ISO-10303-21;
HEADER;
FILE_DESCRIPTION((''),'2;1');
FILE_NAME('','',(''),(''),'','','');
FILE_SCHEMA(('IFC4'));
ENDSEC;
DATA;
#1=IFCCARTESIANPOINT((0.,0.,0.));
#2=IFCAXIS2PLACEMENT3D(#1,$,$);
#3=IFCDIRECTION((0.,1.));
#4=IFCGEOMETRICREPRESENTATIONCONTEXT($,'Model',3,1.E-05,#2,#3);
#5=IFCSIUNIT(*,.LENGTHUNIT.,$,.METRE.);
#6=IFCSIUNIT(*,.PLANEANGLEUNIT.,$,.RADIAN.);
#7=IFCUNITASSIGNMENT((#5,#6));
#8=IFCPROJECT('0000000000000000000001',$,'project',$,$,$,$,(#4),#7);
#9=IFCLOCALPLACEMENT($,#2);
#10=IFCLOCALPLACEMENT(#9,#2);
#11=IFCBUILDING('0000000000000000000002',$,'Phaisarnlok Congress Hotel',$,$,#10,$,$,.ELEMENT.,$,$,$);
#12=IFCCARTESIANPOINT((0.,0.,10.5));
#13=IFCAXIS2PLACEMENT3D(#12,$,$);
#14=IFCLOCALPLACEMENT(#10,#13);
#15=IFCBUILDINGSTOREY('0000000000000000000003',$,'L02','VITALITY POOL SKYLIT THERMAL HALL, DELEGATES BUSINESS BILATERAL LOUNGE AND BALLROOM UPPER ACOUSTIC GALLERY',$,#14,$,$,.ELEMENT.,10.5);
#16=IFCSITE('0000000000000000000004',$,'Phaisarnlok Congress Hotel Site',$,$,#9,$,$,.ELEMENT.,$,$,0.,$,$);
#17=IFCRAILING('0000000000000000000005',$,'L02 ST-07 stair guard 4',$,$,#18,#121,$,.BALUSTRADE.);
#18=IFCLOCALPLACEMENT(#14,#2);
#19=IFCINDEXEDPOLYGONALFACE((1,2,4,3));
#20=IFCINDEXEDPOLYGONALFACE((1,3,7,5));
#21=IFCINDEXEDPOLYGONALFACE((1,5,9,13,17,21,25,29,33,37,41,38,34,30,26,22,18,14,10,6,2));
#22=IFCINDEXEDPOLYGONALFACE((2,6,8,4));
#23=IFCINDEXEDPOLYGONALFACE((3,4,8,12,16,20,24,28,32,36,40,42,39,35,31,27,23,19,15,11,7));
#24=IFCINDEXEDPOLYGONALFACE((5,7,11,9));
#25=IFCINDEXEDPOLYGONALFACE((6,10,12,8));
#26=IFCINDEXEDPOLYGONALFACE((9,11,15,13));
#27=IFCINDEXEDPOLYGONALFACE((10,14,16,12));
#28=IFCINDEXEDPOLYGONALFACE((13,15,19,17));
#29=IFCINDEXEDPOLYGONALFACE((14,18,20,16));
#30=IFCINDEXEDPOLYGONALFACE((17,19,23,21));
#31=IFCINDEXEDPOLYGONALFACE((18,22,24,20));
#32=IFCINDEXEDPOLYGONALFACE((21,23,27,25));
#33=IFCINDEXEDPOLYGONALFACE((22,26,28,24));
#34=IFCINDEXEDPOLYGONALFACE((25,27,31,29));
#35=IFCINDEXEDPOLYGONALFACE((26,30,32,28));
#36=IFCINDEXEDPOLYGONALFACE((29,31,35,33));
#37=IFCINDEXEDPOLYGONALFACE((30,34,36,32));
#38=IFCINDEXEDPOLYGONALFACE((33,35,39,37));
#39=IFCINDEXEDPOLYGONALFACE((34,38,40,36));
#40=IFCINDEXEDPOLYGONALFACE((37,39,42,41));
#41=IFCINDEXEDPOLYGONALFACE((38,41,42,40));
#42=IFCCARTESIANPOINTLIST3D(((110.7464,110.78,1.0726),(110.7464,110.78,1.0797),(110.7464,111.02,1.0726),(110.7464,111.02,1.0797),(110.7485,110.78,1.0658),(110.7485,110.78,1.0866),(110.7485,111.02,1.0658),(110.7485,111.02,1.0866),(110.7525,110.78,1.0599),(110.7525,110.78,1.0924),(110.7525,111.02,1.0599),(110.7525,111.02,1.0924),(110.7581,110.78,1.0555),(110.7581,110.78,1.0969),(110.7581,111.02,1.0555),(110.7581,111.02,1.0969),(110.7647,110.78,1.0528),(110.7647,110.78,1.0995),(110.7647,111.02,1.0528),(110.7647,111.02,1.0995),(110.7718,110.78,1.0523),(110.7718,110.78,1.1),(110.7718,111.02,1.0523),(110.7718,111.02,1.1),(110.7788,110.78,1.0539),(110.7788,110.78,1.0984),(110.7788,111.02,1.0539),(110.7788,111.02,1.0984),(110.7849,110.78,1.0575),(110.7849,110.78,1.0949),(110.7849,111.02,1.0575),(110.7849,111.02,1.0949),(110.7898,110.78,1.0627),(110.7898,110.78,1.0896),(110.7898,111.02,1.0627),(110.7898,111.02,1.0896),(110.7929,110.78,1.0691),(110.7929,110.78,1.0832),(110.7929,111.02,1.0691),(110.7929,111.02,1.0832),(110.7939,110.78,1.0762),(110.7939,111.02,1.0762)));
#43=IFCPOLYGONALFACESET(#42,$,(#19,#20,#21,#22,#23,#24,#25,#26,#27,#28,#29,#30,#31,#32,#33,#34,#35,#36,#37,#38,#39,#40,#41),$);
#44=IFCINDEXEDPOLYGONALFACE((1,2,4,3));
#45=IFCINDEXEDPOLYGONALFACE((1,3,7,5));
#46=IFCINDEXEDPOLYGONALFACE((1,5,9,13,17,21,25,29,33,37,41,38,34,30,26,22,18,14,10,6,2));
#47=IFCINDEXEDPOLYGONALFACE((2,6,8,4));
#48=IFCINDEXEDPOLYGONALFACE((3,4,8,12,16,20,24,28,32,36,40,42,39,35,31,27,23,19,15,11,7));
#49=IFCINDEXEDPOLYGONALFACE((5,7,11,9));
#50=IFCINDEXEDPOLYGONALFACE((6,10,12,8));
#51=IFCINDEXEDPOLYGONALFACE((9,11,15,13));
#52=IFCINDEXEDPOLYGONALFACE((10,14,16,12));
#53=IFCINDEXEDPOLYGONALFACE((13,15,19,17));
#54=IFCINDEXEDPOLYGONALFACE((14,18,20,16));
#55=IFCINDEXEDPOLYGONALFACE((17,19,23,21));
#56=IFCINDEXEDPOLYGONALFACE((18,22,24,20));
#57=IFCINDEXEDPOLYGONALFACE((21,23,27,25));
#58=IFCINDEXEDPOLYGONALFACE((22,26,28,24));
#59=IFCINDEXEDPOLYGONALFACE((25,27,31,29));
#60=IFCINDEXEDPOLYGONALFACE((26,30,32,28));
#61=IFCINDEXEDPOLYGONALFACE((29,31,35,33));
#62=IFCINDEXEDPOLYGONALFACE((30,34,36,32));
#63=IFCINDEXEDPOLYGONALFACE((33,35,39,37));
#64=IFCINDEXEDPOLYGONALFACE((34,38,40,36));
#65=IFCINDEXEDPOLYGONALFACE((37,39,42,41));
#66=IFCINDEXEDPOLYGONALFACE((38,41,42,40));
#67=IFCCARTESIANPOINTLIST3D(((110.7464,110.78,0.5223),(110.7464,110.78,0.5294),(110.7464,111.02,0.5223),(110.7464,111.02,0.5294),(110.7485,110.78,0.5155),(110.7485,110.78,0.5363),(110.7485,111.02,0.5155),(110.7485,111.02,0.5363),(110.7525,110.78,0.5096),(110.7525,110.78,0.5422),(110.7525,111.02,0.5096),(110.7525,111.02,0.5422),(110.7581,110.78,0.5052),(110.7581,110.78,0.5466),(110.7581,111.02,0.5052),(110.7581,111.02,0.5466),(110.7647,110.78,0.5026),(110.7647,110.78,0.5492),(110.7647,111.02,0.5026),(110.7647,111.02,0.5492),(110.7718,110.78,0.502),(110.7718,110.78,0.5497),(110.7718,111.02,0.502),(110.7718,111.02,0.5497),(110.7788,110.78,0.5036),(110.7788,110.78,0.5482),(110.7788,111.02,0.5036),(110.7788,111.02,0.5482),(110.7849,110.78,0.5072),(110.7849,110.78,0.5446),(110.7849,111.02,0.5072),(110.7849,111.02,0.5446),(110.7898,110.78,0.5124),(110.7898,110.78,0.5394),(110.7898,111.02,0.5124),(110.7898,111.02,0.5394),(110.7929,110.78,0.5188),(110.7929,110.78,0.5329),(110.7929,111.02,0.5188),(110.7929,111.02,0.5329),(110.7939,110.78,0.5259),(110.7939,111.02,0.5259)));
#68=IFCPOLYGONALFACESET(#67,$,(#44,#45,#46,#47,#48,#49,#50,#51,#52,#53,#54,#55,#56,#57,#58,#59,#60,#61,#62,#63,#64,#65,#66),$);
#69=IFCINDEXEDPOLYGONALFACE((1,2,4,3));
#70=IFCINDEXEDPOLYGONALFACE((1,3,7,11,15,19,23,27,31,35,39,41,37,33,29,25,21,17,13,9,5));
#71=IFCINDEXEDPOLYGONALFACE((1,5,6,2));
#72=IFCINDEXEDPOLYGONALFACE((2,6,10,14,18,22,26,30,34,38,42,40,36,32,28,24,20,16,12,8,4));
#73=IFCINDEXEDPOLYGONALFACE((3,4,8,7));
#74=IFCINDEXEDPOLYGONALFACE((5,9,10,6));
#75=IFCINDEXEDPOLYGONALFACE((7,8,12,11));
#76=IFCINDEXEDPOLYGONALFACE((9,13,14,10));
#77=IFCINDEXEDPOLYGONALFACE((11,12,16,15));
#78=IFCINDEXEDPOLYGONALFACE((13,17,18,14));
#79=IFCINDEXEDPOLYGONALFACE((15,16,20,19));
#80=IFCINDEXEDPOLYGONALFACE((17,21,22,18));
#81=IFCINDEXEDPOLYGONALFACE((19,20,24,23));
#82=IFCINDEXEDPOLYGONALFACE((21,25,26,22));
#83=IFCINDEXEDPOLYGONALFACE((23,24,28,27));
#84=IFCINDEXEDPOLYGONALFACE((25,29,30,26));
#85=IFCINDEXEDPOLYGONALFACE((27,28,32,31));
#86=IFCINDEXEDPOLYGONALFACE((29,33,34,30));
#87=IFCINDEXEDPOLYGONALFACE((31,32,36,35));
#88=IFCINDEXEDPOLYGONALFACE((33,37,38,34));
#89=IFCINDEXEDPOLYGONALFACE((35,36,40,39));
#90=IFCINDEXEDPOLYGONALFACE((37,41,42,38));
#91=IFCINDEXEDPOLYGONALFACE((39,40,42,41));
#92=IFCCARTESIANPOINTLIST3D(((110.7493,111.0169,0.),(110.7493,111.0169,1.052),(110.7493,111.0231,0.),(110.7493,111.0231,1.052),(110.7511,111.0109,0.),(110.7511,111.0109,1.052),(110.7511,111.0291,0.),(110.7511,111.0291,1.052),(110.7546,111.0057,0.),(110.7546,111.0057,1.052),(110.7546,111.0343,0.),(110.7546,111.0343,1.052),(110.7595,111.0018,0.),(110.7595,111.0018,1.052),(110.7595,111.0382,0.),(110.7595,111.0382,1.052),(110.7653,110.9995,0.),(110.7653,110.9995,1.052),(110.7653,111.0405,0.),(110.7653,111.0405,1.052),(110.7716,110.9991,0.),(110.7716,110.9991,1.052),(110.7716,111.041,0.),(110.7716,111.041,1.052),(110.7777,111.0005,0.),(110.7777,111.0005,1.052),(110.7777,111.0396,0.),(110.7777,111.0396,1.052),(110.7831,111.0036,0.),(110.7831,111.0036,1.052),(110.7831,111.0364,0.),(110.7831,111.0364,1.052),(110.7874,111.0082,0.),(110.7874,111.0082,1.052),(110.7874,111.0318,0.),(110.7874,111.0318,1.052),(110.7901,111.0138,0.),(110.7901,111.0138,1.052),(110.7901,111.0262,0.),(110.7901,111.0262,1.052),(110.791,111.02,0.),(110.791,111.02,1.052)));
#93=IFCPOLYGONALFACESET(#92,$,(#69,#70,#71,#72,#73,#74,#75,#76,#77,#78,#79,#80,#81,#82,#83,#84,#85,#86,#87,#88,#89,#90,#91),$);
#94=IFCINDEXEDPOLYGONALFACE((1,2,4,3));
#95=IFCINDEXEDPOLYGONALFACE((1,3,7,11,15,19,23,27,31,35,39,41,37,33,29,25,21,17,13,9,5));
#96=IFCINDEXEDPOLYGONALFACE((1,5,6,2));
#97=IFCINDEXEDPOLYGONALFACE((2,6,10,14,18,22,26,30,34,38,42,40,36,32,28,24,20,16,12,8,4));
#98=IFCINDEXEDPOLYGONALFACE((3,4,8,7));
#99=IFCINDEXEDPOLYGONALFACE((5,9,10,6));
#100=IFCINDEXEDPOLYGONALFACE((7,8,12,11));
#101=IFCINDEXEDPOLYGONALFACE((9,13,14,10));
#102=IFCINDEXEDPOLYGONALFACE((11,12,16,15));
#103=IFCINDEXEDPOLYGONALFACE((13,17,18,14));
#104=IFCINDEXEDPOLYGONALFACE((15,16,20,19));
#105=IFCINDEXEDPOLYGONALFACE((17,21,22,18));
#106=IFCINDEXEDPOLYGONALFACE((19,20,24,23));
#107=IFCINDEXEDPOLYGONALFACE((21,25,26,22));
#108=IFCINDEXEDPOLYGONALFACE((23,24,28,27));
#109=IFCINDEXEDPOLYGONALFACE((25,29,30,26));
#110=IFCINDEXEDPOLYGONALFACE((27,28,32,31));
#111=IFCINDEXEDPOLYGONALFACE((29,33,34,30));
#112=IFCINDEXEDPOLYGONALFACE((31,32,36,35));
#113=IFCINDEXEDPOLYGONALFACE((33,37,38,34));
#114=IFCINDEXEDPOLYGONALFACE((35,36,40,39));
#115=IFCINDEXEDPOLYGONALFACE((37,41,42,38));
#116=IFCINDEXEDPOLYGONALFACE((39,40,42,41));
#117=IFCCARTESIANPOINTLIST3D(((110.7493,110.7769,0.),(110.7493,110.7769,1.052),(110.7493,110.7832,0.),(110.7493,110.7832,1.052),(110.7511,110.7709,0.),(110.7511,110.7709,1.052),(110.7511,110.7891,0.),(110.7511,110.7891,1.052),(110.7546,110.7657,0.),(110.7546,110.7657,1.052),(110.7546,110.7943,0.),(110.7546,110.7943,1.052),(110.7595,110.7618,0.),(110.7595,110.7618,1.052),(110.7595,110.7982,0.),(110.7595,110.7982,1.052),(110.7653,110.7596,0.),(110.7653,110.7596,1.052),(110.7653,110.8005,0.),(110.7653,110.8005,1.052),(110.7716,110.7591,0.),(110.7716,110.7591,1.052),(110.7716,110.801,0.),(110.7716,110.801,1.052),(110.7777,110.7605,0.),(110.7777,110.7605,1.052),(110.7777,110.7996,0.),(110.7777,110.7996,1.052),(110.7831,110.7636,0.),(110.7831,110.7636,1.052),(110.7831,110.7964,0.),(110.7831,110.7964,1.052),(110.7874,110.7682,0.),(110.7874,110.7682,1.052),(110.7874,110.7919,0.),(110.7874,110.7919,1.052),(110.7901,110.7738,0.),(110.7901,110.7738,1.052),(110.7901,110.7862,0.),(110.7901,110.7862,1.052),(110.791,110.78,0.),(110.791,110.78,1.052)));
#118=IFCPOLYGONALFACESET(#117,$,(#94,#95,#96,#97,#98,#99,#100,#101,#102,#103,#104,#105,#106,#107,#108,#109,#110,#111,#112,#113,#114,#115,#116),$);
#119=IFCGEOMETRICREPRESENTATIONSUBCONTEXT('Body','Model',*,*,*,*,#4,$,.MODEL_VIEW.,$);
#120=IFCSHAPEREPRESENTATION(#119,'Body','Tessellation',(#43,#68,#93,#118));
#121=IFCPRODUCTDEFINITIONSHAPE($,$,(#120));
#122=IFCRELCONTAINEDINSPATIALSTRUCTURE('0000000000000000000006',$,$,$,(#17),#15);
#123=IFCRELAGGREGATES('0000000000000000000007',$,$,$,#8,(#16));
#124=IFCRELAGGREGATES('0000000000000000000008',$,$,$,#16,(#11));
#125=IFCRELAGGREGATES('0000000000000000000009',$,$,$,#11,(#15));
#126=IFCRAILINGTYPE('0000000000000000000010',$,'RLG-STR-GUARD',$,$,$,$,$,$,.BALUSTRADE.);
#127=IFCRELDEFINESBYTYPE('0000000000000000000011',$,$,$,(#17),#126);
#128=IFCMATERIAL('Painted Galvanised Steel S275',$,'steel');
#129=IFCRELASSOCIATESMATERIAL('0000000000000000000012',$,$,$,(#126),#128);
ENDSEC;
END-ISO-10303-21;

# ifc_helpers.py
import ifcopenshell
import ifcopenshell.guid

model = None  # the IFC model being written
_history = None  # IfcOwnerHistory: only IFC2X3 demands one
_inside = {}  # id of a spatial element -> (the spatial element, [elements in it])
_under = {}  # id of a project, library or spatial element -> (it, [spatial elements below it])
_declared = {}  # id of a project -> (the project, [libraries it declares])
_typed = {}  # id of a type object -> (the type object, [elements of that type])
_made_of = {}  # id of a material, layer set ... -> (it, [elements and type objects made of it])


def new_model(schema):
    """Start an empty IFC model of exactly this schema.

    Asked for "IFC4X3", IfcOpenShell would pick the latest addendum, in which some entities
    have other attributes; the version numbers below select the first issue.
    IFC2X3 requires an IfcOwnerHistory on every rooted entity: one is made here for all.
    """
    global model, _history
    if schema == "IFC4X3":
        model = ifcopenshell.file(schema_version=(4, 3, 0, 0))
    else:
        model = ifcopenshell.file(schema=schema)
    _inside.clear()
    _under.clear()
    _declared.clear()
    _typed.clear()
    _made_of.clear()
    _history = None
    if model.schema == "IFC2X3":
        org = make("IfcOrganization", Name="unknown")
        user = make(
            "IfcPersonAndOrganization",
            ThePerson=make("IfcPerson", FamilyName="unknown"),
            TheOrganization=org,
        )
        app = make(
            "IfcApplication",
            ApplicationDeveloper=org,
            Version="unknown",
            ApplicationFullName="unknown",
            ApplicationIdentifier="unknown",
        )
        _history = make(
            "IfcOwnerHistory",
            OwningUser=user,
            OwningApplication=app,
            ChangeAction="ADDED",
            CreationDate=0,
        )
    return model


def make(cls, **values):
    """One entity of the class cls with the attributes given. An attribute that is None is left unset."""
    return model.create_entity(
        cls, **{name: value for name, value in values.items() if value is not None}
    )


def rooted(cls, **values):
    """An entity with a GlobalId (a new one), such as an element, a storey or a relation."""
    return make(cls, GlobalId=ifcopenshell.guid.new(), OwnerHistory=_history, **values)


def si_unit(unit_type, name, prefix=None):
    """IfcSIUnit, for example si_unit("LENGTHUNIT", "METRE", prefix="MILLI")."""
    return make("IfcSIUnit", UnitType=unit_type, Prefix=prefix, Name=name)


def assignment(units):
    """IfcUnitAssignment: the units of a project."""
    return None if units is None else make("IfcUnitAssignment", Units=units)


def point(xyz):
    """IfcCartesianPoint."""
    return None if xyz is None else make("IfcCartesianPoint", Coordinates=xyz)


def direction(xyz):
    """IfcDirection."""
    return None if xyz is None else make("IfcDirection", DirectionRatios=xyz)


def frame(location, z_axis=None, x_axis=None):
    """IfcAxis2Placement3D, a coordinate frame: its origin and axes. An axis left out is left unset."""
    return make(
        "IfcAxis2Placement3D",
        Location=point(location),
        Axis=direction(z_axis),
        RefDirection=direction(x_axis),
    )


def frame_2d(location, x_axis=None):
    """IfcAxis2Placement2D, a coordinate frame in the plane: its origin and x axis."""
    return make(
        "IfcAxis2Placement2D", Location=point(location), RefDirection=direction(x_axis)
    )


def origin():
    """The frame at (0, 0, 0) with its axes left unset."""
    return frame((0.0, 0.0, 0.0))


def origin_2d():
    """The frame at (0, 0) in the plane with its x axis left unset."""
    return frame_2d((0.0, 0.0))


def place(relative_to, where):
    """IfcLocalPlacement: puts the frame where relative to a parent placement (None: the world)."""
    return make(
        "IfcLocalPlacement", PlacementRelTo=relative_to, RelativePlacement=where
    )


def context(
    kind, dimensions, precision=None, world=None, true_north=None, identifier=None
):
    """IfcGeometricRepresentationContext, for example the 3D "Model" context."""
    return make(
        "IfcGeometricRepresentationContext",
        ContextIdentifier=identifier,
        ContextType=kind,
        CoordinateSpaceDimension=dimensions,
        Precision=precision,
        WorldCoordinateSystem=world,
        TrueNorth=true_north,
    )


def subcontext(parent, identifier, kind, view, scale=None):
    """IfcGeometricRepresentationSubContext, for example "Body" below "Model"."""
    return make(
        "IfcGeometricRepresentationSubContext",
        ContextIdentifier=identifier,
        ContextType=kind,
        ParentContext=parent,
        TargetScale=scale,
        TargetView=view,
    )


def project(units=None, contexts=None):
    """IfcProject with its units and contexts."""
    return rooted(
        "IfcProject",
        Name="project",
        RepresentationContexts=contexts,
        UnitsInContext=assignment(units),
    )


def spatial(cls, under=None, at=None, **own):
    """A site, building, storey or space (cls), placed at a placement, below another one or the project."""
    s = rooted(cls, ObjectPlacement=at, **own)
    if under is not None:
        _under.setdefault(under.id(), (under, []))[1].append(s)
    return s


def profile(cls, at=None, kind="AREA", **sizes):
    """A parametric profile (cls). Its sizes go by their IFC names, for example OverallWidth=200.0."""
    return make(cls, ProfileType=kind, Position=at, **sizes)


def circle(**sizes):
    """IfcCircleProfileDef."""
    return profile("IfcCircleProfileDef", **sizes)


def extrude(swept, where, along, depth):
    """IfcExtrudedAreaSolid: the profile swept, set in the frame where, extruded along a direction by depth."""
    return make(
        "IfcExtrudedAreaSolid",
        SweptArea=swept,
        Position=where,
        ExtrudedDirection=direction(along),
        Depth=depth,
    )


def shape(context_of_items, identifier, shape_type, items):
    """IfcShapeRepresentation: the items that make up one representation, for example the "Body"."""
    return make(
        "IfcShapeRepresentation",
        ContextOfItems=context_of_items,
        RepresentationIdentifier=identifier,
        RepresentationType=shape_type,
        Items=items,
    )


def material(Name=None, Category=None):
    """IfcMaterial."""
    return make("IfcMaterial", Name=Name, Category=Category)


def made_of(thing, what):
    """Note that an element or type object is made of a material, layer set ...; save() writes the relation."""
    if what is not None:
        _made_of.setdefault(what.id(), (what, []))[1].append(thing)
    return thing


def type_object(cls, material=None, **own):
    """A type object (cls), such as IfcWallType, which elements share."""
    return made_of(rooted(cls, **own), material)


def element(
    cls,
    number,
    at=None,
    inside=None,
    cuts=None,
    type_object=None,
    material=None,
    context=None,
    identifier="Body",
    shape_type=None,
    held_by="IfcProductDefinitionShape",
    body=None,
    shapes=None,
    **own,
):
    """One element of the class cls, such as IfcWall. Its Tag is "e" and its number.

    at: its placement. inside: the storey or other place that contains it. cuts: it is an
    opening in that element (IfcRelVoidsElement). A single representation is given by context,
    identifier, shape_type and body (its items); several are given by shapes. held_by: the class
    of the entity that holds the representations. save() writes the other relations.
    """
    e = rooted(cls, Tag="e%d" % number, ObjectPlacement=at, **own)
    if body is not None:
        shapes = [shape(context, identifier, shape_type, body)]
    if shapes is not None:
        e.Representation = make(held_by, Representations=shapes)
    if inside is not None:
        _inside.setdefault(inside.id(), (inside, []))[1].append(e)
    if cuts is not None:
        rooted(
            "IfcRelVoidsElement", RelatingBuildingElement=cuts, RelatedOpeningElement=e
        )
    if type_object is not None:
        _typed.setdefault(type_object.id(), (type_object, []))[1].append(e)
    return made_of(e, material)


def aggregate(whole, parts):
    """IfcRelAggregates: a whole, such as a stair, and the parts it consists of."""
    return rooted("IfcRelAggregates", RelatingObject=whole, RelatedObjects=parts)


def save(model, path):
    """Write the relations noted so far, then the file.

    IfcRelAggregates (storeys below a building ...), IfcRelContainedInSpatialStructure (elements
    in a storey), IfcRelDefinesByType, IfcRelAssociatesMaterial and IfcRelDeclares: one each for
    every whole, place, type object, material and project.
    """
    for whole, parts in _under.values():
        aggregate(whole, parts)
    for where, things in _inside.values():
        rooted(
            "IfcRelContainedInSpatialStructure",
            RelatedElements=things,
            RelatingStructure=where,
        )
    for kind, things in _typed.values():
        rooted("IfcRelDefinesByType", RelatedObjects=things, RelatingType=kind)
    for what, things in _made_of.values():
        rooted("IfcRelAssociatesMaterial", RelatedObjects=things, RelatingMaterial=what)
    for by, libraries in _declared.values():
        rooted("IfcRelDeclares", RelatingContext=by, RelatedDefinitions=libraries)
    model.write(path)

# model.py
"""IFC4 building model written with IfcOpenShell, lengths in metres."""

from ifc_helpers import new_model, si_unit, direction, frame, origin, origin_2d, place, context, subcontext, project, spatial, circle, extrude, material, type_object, element, save


model = new_model("IFC4")

# Units and contexts
model_context = context("Model", 3, precision=1e-05, world=origin(), true_north=direction((0.0, 1.0)))
body_context = subcontext(model_context, "Body", "Model", "MODEL_VIEW")
ifc_project = project(units=[si_unit("LENGTHUNIT", "METRE"), si_unit("PLANEANGLEUNIT", "RADIAN")], contexts=[model_context])

# Site, building, storey
site_placement = place(None, origin())
site = spatial("IfcSite", under=ifc_project, at=site_placement, Name="Phaisarnlok Congress Hotel Site", CompositionType="ELEMENT", RefElevation=0.0)
building_placement = place(site_placement, origin())
building = spatial("IfcBuilding", under=site, at=building_placement, Name="Phaisarnlok Congress Hotel", CompositionType="ELEMENT")
storey_placement = place(building_placement, frame((0.0, 0.0, 10.5)))
storey = spatial("IfcBuildingStorey", under=building, at=storey_placement, Name="L02", Description="VITALITY POOL SKYLIT THERMAL HALL, DELEGATES BUSINESS BILATERAL LOUNGE AND BALLROOM UPPER ACOUSTIC GALLERY", CompositionType="ELEMENT", Elevation=10.5)

# Railing
ifc_material_1 = material(Name="Painted Galvanised Steel S275", Category="steel")
railing_type_1 = type_object("IfcRailingType", Name="RLG-STR-GUARD", PredefinedType="BALUSTRADE", material=ifc_material_1)
railing_1_placement = place(storey_placement, frame((110.77, 111.02, 0.0)))
element("IfcRailing", 1, at=railing_1_placement, inside=storey, type_object=railing_type_1, Name="L02 ST-07 stair guard 4", PredefinedType="BALUSTRADE", context=body_context, shape_type="SweptSolid", body=[
    extrude(circle(Radius=0.0239, at=origin_2d()), frame((0.0, 0.0, 1.0762), z_axis=(0.0, -1.0, 0.0), x_axis=(1.0, 0.0, 0.0)), (0.0, 0.0, 1.0), 0.24),
    extrude(circle(Radius=0.0239, at=origin_2d()), frame((0.0, 0.0, 0.5259), z_axis=(0.0, -1.0, 0.0), x_axis=(1.0, 0.0, 0.0)), (0.0, 0.0, 1.0), 0.24),
    extrude(circle(Radius=0.021, at=origin_2d()), origin(), (0.0, 0.0, 1.0), 1.052),
    extrude(circle(Radius=0.021, at=origin_2d()), frame((0.0, -0.24, 0.0)), (0.0, 0.0, 1.0), 1.052),
])

save(model, "model.ifc")
